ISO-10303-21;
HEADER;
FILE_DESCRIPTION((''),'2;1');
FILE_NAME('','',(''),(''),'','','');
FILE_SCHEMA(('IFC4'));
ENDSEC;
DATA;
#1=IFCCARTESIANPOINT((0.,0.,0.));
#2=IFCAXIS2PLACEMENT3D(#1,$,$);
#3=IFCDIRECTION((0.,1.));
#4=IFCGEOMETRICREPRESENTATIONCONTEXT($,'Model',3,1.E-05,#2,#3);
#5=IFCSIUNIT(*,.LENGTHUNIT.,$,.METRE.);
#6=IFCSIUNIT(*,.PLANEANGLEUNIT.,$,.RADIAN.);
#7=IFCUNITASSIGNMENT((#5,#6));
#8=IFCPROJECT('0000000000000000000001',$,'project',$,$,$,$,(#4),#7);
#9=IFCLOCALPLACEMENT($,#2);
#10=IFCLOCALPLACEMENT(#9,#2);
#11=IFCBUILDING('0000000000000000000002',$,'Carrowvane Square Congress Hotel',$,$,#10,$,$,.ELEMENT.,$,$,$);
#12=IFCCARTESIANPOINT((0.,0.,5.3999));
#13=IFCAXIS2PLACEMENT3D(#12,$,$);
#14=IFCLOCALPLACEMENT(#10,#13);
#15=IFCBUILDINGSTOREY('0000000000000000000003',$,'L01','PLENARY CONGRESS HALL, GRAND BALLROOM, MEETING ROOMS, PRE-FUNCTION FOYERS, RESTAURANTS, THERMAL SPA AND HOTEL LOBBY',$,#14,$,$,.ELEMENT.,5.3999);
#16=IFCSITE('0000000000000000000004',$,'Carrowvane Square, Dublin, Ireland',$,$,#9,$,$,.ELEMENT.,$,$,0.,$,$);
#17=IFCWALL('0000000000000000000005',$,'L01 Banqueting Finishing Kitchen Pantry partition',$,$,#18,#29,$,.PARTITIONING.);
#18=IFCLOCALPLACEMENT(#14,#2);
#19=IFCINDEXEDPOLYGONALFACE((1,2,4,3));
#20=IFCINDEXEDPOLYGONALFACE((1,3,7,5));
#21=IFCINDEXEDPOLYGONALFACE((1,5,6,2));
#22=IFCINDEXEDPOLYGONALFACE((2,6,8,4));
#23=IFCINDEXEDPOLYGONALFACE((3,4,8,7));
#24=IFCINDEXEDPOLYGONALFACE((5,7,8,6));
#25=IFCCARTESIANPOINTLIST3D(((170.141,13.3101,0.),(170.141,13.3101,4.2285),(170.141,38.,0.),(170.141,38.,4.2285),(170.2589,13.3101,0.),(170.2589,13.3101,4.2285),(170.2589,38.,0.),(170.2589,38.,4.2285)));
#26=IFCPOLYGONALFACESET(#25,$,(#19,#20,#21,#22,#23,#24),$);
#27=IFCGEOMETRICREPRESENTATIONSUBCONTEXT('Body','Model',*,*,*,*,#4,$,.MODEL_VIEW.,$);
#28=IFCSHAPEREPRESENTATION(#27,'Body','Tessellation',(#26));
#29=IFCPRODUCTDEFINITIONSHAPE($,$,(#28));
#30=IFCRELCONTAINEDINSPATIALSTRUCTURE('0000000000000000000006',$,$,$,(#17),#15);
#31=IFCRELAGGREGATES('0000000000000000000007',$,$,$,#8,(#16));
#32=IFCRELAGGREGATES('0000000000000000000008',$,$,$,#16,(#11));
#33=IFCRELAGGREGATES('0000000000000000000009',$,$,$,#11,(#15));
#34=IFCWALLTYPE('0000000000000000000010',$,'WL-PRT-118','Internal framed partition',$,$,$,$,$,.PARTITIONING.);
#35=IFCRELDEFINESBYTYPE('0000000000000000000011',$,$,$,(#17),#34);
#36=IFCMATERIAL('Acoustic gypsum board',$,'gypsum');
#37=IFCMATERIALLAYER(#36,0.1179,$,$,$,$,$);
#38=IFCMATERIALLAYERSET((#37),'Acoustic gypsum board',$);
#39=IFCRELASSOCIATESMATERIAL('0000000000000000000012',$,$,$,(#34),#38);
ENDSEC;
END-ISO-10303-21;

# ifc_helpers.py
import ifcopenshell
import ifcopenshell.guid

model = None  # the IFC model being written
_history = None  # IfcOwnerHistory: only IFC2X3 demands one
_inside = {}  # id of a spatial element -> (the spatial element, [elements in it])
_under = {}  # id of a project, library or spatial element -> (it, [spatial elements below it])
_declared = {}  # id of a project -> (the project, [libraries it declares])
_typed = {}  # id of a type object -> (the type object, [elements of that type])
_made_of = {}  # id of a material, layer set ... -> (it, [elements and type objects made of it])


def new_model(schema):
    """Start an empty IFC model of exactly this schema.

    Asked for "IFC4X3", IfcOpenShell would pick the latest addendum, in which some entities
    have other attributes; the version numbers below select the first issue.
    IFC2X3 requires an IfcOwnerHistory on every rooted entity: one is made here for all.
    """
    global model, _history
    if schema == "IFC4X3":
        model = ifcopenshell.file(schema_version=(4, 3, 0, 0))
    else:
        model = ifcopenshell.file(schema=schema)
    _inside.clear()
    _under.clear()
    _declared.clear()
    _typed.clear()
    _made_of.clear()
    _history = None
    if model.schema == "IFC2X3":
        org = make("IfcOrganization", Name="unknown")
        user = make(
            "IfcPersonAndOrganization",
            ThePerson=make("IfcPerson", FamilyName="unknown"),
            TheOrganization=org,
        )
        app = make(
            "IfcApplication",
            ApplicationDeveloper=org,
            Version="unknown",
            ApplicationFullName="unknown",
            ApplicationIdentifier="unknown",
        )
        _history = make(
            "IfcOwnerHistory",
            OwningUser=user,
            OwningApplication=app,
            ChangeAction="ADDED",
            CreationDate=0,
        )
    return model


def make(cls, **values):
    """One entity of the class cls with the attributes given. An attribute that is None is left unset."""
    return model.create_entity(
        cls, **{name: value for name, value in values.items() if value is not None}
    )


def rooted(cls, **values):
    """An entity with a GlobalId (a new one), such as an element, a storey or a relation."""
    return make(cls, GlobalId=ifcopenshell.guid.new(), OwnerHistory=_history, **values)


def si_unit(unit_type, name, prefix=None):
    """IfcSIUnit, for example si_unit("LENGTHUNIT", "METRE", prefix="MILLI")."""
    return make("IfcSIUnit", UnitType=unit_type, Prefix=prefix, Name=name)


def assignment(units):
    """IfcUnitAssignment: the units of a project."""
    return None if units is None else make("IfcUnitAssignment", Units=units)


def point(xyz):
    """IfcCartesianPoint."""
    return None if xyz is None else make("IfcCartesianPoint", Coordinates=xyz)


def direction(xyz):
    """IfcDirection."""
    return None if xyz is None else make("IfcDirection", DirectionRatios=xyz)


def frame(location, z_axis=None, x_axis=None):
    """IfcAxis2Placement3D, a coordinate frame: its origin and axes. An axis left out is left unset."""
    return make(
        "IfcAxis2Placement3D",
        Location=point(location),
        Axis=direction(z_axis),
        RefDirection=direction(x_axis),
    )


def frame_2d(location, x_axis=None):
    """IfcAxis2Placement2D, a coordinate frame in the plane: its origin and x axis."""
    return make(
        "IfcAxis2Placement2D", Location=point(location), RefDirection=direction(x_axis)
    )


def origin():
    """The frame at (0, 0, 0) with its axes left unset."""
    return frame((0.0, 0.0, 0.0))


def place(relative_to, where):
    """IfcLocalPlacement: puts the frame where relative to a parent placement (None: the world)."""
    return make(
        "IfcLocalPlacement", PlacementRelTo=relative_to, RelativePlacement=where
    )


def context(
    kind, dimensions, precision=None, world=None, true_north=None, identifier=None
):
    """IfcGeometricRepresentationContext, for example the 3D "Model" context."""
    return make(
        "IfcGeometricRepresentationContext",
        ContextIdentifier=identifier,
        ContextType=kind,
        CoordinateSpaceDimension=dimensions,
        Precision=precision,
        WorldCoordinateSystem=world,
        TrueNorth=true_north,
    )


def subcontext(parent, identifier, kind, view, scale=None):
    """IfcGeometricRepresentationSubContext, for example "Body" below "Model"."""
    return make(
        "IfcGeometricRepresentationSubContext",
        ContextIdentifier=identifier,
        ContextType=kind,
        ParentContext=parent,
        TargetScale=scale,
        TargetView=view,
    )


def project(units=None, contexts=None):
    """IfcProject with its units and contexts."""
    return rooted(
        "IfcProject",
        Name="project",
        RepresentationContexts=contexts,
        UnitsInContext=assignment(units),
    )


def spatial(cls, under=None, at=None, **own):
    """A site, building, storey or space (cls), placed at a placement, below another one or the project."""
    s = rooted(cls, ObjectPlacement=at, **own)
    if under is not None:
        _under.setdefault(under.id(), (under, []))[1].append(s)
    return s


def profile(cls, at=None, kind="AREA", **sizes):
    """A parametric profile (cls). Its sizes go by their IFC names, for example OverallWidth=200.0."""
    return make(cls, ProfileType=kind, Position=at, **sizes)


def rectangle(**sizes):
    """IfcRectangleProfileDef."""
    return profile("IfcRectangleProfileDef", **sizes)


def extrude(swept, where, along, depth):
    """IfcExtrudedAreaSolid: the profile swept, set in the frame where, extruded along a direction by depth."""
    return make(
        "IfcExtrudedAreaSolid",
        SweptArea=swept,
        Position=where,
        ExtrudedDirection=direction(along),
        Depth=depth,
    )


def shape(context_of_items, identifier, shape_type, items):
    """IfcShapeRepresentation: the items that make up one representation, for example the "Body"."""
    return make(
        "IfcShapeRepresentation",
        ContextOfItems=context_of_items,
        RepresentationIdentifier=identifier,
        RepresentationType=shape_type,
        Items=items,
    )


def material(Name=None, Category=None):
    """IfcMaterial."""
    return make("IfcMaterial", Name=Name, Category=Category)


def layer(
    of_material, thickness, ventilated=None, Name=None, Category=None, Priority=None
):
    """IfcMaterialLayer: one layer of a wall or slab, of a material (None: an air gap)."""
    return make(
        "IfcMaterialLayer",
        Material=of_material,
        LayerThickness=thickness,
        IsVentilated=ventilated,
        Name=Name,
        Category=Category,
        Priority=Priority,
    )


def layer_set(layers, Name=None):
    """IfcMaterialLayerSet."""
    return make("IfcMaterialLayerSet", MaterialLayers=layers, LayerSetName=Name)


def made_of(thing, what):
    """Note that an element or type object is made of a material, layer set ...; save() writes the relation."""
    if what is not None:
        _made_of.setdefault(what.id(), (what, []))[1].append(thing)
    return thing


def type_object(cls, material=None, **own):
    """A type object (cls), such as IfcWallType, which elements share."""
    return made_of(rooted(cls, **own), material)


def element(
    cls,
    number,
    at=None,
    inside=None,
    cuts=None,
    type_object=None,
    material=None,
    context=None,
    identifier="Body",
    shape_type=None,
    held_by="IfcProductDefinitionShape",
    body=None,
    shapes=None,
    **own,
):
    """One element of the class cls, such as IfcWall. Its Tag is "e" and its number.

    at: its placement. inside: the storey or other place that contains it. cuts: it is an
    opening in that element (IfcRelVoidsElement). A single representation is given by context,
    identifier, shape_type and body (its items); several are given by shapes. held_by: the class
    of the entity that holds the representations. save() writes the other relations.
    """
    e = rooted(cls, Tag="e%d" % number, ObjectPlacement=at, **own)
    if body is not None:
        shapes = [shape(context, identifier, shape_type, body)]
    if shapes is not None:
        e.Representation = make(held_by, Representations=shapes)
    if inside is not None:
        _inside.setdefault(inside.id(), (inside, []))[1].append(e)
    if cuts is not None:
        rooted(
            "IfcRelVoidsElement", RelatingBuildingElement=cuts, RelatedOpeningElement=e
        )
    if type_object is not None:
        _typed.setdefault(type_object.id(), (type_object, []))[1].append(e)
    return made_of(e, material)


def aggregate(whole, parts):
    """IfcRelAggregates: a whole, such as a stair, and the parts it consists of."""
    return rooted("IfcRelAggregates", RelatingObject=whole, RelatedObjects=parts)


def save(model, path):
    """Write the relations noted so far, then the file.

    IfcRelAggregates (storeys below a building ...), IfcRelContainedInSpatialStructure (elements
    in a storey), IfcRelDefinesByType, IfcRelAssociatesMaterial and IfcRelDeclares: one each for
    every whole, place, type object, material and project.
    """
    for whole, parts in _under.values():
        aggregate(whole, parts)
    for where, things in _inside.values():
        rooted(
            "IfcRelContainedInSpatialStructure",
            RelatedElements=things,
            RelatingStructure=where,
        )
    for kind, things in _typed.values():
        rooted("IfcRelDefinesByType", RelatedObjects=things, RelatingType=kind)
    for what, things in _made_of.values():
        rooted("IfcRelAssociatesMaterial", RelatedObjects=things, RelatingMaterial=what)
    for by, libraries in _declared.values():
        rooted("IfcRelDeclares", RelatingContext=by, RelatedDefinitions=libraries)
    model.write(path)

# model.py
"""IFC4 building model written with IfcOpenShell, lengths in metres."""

from ifc_helpers import new_model, si_unit, direction, frame, frame_2d, origin, place, context, subcontext, project, spatial, rectangle, extrude, material, layer, layer_set, type_object, element, save


model = new_model("IFC4")

# Units and contexts
model_context = context("Model", 3, precision=1e-05, world=origin(), true_north=direction((0.0, 1.0)))
body_context = subcontext(model_context, "Body", "Model", "MODEL_VIEW")
ifc_project = project(units=[si_unit("LENGTHUNIT", "METRE"), si_unit("PLANEANGLEUNIT", "RADIAN")], contexts=[model_context])

# Site, building, storey
site_placement = place(None, origin())
site = spatial("IfcSite", under=ifc_project, at=site_placement, Name="Carrowvane Square, Dublin, Ireland", CompositionType="ELEMENT", RefElevation=0.0)
building_placement = place(site_placement, origin())
building = spatial("IfcBuilding", under=site, at=building_placement, Name="Carrowvane Square Congress Hotel", CompositionType="ELEMENT")
storey_placement = place(building_placement, frame((0.0, 0.0, 5.3999)))
storey = spatial("IfcBuildingStorey", under=building, at=storey_placement, Name="L01", Description="PLENARY CONGRESS HALL, GRAND BALLROOM, MEETING ROOMS, PRE-FUNCTION FOYERS, RESTAURANTS, THERMAL SPA AND HOTEL LOBBY", CompositionType="ELEMENT", Elevation=5.3999)

# Wall
ifc_material_1 = material(Name="Acoustic gypsum board", Category="gypsum")
ifc_layer_1 = layer(ifc_material_1, 0.1179)
ifc_layer_set_1 = layer_set([ifc_layer_1], Name="Acoustic gypsum board")
wall_type_1 = type_object("IfcWallType", Name="WL-PRT-118", Description="Internal framed partition", PredefinedType="PARTITIONING", material=ifc_layer_set_1)
wall_1_placement = place(storey_placement, frame((170.2, 13.3101, 0.0), z_axis=(0.0, 0.0, 1.0), x_axis=(0.0, 1.0, 0.0)))
element("IfcWall", 1, at=wall_1_placement, inside=storey, type_object=wall_type_1, Name="L01 Banqueting Finishing Kitchen Pantry partition", PredefinedType="PARTITIONING", context=body_context, shape_type="SweptSolid", body=[
    extrude(rectangle(XDim=24.6899, YDim=0.1179, at=frame_2d((12.345, 0.0))), origin(), (0.0, 0.0, 1.0), 4.2285),
])

save(model, "model.ifc")
